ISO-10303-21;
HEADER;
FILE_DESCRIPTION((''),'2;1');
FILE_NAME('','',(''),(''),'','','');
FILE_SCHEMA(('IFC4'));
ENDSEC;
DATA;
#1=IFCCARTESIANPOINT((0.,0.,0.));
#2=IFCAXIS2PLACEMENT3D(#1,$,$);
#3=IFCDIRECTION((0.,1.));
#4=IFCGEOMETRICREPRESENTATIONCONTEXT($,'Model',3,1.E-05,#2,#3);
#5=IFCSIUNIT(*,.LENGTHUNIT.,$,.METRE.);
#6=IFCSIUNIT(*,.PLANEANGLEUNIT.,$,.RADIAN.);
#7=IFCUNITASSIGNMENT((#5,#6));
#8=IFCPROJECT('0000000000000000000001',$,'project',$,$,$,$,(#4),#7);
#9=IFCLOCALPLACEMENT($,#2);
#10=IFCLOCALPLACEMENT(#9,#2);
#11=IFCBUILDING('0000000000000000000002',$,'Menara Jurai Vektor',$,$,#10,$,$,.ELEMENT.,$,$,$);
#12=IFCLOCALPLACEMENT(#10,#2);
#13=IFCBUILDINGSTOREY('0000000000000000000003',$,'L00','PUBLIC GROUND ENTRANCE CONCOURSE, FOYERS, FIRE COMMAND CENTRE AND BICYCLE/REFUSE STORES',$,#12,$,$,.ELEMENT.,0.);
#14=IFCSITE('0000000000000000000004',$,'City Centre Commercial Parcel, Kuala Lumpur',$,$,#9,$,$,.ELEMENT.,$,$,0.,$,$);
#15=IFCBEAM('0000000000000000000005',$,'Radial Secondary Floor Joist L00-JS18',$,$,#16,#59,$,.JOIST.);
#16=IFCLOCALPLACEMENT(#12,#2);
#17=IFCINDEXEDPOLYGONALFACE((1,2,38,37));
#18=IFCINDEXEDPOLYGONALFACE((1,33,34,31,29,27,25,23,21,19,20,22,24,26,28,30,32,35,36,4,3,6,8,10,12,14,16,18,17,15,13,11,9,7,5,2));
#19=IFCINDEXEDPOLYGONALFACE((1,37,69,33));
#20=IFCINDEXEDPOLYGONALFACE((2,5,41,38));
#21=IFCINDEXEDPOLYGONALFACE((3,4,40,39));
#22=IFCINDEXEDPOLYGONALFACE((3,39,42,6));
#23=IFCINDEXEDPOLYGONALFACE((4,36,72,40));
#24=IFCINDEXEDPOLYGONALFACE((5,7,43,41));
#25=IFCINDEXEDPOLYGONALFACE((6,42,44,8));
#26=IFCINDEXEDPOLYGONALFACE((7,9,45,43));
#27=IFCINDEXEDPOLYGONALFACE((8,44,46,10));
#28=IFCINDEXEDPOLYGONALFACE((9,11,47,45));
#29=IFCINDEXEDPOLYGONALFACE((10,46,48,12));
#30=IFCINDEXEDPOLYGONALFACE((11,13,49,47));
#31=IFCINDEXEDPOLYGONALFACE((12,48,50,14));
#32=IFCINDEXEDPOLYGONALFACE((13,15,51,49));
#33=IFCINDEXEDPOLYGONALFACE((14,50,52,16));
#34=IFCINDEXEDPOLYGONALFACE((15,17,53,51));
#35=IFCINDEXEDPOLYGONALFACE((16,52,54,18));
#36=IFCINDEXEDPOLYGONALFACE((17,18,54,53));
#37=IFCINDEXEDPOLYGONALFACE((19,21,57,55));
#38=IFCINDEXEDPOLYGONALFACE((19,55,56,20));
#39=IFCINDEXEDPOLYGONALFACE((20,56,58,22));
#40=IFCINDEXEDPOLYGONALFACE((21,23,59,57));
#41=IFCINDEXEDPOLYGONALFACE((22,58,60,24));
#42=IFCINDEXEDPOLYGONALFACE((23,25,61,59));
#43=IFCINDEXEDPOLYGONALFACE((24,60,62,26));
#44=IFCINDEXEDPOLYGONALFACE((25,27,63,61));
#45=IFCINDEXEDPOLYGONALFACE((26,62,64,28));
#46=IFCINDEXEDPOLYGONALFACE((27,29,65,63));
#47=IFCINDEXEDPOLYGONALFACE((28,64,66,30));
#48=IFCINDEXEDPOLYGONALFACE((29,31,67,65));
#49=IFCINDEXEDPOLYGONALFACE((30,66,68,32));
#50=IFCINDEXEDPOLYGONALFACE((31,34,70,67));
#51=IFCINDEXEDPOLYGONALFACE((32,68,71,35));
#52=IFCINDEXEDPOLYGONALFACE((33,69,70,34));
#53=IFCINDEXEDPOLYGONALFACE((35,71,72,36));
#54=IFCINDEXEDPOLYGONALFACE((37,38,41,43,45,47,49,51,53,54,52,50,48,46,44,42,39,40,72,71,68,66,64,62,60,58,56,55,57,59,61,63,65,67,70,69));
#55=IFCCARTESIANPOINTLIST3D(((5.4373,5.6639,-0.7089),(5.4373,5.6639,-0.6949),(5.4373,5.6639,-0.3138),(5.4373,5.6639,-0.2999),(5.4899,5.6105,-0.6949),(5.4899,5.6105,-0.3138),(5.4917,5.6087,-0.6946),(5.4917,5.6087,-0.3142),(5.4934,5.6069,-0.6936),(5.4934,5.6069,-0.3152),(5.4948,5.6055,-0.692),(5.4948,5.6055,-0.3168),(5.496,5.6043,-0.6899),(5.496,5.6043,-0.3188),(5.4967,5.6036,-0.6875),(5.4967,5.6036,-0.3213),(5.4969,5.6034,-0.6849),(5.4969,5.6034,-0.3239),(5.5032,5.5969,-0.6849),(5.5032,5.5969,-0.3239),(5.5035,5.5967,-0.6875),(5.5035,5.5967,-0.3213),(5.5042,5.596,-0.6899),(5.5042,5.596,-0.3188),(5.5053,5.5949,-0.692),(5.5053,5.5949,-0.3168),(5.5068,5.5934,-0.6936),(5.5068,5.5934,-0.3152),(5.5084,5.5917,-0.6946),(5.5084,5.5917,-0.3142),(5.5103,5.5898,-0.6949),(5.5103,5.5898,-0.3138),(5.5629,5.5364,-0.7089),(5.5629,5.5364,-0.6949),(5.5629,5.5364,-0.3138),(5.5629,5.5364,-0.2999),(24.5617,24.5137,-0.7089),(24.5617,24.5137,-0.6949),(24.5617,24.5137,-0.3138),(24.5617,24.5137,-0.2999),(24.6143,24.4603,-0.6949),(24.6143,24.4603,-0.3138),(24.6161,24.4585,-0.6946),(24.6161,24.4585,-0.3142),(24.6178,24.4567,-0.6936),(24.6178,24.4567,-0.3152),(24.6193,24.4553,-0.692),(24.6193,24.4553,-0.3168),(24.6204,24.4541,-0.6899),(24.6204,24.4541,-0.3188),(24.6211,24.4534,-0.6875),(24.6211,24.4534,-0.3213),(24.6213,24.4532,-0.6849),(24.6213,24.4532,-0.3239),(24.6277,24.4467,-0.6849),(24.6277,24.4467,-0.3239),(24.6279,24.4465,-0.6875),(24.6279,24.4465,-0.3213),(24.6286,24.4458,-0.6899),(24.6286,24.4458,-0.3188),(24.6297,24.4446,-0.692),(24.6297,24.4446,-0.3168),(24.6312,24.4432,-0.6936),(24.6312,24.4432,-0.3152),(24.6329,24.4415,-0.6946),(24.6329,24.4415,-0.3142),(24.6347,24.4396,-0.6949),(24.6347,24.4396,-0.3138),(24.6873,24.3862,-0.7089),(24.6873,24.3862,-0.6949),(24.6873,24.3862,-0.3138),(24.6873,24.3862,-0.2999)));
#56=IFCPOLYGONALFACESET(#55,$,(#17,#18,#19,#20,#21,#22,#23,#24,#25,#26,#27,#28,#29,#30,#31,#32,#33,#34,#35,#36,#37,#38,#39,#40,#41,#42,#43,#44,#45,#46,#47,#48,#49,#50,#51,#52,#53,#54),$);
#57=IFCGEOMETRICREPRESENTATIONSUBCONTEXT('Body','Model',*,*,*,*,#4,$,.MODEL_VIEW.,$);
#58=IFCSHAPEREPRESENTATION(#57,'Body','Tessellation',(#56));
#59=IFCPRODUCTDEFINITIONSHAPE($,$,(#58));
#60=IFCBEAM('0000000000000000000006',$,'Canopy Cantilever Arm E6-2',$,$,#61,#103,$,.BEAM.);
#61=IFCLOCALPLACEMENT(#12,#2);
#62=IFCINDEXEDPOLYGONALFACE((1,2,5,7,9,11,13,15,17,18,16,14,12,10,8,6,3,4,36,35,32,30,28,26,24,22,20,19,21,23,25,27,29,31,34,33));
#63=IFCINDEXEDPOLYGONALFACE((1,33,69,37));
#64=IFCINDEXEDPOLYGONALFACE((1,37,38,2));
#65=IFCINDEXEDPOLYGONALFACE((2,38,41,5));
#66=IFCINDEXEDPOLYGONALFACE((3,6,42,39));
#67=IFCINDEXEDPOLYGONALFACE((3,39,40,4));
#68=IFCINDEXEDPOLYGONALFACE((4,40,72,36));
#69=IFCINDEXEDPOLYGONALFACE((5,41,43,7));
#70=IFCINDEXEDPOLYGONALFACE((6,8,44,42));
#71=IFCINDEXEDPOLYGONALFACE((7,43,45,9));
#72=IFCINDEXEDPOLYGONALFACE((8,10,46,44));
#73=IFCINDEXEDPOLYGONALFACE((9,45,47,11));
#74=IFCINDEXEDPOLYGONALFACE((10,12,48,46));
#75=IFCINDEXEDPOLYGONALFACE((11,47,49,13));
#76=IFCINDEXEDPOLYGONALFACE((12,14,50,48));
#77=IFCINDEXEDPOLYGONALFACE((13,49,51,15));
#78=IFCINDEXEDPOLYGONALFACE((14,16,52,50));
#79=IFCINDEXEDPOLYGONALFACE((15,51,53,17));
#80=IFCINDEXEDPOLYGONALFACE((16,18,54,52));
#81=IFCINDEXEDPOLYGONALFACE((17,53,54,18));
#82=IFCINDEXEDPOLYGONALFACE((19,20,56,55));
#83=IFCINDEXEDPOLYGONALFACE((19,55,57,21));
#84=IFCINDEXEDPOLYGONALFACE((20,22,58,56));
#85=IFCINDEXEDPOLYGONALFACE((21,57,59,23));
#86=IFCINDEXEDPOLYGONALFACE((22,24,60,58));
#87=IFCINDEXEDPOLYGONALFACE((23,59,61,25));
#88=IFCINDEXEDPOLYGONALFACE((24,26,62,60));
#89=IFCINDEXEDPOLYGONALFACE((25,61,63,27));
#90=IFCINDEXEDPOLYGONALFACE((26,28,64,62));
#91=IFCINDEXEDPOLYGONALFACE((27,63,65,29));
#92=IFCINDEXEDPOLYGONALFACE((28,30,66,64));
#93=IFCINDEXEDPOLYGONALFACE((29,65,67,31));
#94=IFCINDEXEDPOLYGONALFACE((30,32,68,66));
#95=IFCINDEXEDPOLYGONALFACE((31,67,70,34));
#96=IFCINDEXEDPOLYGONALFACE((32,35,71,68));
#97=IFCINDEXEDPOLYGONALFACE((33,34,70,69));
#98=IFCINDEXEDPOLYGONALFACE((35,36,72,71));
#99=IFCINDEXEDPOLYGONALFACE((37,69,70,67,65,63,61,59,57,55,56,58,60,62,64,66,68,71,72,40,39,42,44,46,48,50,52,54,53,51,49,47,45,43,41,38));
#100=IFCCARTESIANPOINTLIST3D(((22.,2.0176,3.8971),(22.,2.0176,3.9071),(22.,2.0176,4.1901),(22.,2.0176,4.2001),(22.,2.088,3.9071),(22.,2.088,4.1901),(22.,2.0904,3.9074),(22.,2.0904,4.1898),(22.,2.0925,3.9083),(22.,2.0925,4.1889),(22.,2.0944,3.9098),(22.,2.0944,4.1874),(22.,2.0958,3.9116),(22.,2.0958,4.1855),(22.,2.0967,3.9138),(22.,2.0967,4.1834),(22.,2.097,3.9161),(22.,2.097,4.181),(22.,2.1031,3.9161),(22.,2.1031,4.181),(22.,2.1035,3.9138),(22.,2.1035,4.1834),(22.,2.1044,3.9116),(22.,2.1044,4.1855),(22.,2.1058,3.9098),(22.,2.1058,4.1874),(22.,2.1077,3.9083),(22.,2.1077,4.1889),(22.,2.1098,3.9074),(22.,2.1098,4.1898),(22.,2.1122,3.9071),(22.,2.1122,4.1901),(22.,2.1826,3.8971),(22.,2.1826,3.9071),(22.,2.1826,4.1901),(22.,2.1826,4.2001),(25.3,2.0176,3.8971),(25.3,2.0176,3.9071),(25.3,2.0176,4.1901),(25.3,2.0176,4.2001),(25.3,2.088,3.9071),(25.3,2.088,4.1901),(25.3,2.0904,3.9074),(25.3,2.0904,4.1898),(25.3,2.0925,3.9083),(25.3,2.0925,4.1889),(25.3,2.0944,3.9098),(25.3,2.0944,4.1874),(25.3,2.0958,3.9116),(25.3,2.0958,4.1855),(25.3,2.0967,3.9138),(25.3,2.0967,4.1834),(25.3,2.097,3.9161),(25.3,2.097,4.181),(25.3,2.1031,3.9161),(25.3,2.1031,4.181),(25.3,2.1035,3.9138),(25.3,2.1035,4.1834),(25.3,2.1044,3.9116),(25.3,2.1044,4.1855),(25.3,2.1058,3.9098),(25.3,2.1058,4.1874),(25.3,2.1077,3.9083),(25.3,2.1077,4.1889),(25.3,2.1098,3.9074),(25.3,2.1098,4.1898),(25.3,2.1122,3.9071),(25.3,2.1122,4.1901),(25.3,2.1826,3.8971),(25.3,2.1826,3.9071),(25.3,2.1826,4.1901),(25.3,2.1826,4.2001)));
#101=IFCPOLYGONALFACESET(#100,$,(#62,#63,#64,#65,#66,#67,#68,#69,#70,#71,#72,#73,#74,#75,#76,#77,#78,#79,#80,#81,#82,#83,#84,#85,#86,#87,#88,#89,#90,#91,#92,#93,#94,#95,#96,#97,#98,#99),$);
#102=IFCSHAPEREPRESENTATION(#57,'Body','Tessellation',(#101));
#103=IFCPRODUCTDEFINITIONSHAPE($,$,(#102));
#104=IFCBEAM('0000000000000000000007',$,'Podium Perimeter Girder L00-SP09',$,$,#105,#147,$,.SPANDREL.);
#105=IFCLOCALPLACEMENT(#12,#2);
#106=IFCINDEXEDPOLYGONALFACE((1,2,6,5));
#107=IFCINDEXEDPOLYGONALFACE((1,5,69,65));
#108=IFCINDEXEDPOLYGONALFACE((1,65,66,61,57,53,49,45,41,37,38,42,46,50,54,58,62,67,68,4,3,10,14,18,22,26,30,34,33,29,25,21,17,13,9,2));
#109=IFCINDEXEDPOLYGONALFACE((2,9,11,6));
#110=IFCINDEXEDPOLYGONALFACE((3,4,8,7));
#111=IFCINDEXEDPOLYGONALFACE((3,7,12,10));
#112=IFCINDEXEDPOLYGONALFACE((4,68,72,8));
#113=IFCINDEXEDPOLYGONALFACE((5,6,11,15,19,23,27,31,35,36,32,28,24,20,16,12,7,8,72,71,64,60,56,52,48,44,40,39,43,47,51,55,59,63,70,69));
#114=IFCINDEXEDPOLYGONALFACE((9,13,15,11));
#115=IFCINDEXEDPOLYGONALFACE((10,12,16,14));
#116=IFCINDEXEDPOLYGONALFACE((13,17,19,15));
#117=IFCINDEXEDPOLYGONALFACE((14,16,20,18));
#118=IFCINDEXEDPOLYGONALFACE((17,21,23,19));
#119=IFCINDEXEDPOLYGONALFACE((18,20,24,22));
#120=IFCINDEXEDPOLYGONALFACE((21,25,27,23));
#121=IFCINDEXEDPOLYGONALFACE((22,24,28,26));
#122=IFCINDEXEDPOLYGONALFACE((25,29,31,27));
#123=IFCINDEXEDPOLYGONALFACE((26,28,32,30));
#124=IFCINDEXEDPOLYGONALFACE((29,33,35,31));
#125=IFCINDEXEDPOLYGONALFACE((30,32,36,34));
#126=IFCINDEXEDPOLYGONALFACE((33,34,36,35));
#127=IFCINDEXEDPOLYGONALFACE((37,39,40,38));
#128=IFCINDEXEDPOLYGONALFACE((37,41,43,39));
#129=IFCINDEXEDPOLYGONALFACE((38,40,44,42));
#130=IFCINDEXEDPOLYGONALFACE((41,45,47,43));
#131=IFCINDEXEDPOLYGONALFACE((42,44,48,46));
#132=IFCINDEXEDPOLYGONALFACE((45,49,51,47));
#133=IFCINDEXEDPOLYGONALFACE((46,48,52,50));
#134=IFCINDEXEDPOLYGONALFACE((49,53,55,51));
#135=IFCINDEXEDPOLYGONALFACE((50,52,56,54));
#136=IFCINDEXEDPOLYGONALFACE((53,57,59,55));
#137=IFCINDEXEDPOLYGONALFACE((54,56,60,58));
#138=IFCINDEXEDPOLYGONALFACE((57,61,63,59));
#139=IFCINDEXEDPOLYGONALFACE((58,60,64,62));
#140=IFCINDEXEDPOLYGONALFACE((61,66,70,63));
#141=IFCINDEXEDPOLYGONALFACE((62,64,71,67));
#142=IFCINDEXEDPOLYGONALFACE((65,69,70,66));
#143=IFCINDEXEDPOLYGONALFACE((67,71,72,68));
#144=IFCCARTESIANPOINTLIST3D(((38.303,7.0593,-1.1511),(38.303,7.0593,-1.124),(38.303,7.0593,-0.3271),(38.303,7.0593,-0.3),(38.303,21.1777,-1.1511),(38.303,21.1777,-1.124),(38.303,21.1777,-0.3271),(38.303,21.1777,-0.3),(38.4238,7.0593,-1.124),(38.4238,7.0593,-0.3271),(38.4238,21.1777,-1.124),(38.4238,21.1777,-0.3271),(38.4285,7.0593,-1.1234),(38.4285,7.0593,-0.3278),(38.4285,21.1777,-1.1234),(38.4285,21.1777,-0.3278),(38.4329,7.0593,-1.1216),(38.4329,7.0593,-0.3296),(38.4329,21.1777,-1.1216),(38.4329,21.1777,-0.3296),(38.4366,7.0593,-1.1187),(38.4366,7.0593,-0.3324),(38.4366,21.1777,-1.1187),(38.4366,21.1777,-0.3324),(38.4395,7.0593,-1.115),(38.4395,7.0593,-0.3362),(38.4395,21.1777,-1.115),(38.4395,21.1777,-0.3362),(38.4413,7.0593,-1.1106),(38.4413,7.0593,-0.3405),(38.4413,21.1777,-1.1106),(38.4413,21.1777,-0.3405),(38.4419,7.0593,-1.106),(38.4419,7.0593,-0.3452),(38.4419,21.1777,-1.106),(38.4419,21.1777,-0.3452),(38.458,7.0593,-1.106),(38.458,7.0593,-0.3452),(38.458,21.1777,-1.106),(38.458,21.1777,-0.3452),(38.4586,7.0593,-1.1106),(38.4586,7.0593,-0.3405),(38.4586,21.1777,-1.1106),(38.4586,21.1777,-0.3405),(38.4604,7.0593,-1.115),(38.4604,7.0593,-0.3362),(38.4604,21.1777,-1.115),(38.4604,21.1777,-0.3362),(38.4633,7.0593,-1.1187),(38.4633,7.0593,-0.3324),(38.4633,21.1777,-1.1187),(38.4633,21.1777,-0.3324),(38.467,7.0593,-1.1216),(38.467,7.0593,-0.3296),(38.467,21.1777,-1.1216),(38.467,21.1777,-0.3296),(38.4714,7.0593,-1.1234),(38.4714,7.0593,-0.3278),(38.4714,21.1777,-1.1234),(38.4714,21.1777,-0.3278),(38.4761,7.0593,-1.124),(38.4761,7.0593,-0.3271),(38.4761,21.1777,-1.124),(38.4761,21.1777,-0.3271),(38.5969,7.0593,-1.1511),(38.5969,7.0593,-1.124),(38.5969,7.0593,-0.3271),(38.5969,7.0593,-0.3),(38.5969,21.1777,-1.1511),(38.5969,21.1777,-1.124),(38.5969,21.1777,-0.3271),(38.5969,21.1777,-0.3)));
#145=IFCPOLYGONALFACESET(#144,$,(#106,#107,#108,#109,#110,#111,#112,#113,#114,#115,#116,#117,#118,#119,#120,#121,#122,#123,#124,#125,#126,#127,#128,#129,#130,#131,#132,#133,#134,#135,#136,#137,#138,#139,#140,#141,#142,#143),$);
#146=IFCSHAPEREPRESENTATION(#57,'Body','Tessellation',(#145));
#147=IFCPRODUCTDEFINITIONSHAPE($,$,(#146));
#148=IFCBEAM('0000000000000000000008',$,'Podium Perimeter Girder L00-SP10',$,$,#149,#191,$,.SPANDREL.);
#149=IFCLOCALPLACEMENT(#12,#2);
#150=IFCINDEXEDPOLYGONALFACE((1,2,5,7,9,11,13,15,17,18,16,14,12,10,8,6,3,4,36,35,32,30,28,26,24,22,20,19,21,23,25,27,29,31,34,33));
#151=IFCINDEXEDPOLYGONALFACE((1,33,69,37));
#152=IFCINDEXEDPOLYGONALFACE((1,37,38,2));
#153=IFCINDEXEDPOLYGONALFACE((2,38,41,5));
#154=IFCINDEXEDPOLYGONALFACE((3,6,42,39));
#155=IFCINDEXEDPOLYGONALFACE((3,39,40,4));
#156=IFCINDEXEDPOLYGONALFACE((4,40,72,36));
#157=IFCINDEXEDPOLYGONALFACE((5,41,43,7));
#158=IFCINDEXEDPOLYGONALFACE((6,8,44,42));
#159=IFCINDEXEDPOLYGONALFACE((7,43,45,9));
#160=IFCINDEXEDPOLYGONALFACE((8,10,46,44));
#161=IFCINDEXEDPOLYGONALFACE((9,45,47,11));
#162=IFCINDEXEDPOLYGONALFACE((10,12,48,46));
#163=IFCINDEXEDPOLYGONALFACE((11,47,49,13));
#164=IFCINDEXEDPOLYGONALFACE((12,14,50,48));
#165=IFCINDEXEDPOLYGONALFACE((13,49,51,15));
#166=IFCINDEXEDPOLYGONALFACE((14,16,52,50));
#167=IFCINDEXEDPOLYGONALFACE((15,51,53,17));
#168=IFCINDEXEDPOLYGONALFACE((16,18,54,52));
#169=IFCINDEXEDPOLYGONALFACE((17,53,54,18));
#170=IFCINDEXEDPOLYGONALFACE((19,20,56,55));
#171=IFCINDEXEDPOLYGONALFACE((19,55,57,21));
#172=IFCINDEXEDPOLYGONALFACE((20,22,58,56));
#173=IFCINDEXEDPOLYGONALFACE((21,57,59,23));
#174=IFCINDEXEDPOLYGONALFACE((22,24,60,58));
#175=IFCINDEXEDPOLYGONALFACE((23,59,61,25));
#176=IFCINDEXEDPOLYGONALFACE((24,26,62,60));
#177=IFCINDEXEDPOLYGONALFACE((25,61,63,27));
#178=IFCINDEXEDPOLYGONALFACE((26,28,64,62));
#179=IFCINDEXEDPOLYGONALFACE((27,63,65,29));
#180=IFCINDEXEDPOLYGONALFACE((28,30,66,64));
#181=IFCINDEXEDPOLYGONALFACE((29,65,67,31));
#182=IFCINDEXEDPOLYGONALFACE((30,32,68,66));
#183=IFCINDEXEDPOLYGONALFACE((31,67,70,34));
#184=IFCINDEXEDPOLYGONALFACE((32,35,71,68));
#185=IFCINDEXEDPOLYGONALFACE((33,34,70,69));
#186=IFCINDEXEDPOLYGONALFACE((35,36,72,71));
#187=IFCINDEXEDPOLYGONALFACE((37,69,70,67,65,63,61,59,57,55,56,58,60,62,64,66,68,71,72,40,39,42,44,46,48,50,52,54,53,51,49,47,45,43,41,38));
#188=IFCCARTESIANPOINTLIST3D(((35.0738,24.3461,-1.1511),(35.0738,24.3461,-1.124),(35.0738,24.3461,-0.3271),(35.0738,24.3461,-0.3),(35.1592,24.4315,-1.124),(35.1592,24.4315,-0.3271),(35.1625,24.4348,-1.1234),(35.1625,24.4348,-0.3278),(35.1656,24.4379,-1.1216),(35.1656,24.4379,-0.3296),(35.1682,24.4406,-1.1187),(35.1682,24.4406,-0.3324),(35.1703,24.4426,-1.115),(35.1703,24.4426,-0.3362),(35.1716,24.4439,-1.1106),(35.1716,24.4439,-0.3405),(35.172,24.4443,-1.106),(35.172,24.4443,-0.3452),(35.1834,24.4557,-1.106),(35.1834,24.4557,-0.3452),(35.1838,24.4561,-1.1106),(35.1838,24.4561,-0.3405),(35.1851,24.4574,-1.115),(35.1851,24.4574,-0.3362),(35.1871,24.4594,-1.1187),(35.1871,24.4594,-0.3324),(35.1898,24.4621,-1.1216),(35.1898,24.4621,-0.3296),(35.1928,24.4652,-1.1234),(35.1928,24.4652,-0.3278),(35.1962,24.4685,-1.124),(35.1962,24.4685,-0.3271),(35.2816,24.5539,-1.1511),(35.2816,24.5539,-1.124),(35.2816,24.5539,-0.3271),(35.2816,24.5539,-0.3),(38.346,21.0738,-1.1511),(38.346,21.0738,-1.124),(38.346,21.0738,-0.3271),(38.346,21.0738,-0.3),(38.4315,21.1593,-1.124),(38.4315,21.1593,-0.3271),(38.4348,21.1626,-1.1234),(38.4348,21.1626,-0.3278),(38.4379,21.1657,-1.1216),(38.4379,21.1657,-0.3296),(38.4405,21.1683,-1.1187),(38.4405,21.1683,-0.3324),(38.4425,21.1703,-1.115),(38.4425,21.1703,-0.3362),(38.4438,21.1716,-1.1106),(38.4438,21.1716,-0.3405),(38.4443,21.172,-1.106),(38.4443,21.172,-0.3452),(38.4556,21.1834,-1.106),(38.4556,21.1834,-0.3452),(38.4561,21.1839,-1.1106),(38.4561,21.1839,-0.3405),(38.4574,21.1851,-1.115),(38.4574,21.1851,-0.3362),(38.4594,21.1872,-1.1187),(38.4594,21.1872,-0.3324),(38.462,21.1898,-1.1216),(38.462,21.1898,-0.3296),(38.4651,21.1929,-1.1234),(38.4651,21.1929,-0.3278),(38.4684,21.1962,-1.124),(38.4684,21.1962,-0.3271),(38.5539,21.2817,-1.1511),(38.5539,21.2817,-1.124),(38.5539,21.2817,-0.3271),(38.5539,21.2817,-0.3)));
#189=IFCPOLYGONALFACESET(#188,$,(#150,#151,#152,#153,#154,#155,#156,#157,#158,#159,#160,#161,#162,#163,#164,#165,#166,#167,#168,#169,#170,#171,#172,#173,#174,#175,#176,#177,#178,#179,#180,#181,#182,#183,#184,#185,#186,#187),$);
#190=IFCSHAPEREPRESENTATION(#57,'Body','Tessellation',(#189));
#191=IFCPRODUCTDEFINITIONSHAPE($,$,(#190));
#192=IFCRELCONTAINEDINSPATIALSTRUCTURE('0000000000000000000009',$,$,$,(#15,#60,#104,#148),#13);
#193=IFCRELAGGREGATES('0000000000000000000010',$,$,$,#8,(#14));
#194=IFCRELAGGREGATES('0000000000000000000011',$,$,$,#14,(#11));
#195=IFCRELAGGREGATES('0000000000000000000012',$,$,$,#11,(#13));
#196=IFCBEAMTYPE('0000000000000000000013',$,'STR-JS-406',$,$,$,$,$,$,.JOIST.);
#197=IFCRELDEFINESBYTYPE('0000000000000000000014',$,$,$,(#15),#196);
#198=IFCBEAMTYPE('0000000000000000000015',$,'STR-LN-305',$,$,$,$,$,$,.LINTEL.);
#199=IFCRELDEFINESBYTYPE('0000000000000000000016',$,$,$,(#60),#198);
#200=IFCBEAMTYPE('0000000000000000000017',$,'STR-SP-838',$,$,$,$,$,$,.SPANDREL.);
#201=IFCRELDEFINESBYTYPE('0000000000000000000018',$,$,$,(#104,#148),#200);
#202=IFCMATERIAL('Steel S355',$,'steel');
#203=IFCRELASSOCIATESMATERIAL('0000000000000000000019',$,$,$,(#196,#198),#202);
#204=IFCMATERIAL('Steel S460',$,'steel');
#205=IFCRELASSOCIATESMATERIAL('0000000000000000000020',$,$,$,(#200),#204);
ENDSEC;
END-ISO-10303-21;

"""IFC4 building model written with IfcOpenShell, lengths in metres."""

from ifc_helpers import new_model, si_unit, direction, frame, origin, origin_2d, place, context, subcontext, project, spatial, i_section, extrude, material, material_profile, profile_set, type_object, element, save


model = new_model("IFC4")

# Units and contexts
model_context = context("Model", 3, precision=1e-05, world=origin(), true_north=direction((0.0, 1.0)))
body_context = subcontext(model_context, "Body", "Model", "MODEL_VIEW")
ifc_project = project(units=[si_unit("LENGTHUNIT", "METRE"), si_unit("PLANEANGLEUNIT", "RADIAN")], contexts=[model_context])

# Site, building, storey
site_placement = place(None, origin())
site = spatial("IfcSite", under=ifc_project, at=site_placement, Name="City Centre Commercial Parcel, Kuala Lumpur", CompositionType="ELEMENT", RefElevation=0.0)
building_placement = place(site_placement, origin())
building = spatial("IfcBuilding", under=site, at=building_placement, Name="Menara Jurai Vektor", CompositionType="ELEMENT")
storey_placement = place(building_placement, origin())
storey = spatial("IfcBuildingStorey", under=building, at=storey_placement, Name="L00", Description="PUBLIC GROUND ENTRANCE CONCOURSE, FOYERS, FIRE COMMAND CENTRE AND BICYCLE/REFUSE STORES", CompositionType="ELEMENT", Elevation=0.0)

# Shared definitions
ifc_material_1 = material(Name="Steel S355", Category="steel")
ifc_material_2 = material(Name="Steel S460", Category="steel")

# Beams
ifc_material_profile_1 = material_profile(ifc_material_1, i_section(OverallWidth=0.179, OverallDepth=0.4089, WebThickness=0.009, FlangeThickness=0.0139, FilletRadius=0.01, at=origin_2d()), Name="UKB 406x178x67")
ifc_profile_set_1 = profile_set([ifc_material_profile_1], Name="Steel S355")
beam_type_1 = type_object("IfcBeamType", Name="STR-JS-406", PredefinedType="JOIST", material=ifc_profile_set_1)
beam_1_placement = place(storey_placement, frame((24.6245, 24.45, -0.5044), z_axis=(-0.712202, -0.701974, 0.0), x_axis=(0.701974, -0.712202, 0.0)))
element("IfcBeam", 1, at=beam_1_placement, inside=storey, type_object=beam_type_1, Name="Radial Secondary Floor Joist L00-JS18", PredefinedType="JOIST", context=body_context, shape_type="SweptSolid", body=[
    extrude(i_section(OverallWidth=0.179, OverallDepth=0.4089, WebThickness=0.009, FlangeThickness=0.0139, FilletRadius=0.01, at=origin_2d()), origin(), (0.0, 0.0, 1.0), 26.8525),
])
ifc_material_profile_2 = material_profile(ifc_material_1, i_section(OverallWidth=0.165, OverallDepth=0.303, WebThickness=0.0061, FlangeThickness=0.01, FilletRadius=0.009, at=origin_2d()), Name="UKB 305x165x40")
ifc_profile_set_2 = profile_set([ifc_material_profile_2], Name="Steel S355")
beam_type_2 = type_object("IfcBeamType", Name="STR-LN-305", PredefinedType="LINTEL", material=ifc_profile_set_2)
beam_2_placement = place(storey_placement, frame((22.0, 2.1001, 4.0486), z_axis=(1.0, 0.0, 0.0), x_axis=(0.0, 1.0, 0.0)))
element("IfcBeam", 2, at=beam_2_placement, inside=storey, type_object=beam_type_2, Name="Canopy Cantilever Arm E6-2", PredefinedType="BEAM", context=body_context, shape_type="SweptSolid", body=[
    extrude(i_section(OverallWidth=0.165, OverallDepth=0.303, WebThickness=0.0061, FlangeThickness=0.01, FilletRadius=0.009, at=origin_2d()), origin(), (0.0, 0.0, 1.0), 3.3),
])
ifc_material_profile_3 = material_profile(ifc_material_2, i_section(OverallWidth=0.2939, OverallDepth=0.8511, WebThickness=0.0161, FlangeThickness=0.0271, FilletRadius=0.0181, at=origin_2d()), Name="UKB 838x292x226")
ifc_profile_set_3 = profile_set([ifc_material_profile_3], Name="Steel S460")
beam_type_3 = type_object("IfcBeamType", Name="STR-SP-838", PredefinedType="SPANDREL", material=ifc_profile_set_3)
beam_3_placement = place(storey_placement, frame((38.45, 7.0593, -0.7256), z_axis=(0.0, 1.0, 0.0), x_axis=(-1.0, 0.0, 0.0)))
element("IfcBeam", 3, at=beam_3_placement, inside=storey, type_object=beam_type_3, Name="Podium Perimeter Girder L00-SP09", PredefinedType="SPANDREL", context=body_context, shape_type="SweptSolid", body=[
    extrude(i_section(OverallWidth=0.2939, OverallDepth=0.8511, WebThickness=0.0161, FlangeThickness=0.0271, FilletRadius=0.0181, at=origin_2d()), origin(), (0.0, 0.0, 1.0), 14.1184),
])
beam_4_placement = place(storey_placement, frame((38.45, 21.1777, -0.7256), z_axis=(-0.707107, 0.707107, 0.0), x_axis=(-0.707107, -0.707107, 0.0)))
element("IfcBeam", 4, at=beam_4_placement, inside=storey, type_object=beam_type_3, Name="Podium Perimeter Girder L00-SP10", PredefinedType="SPANDREL", context=body_context, shape_type="SweptSolid", body=[
    extrude(i_section(OverallWidth=0.2939, OverallDepth=0.8511, WebThickness=0.0161, FlangeThickness=0.0271, FilletRadius=0.0181, at=origin_2d()), origin(), (0.0, 0.0, 1.0), 4.6277),
])

save(model, "model.ifc")
